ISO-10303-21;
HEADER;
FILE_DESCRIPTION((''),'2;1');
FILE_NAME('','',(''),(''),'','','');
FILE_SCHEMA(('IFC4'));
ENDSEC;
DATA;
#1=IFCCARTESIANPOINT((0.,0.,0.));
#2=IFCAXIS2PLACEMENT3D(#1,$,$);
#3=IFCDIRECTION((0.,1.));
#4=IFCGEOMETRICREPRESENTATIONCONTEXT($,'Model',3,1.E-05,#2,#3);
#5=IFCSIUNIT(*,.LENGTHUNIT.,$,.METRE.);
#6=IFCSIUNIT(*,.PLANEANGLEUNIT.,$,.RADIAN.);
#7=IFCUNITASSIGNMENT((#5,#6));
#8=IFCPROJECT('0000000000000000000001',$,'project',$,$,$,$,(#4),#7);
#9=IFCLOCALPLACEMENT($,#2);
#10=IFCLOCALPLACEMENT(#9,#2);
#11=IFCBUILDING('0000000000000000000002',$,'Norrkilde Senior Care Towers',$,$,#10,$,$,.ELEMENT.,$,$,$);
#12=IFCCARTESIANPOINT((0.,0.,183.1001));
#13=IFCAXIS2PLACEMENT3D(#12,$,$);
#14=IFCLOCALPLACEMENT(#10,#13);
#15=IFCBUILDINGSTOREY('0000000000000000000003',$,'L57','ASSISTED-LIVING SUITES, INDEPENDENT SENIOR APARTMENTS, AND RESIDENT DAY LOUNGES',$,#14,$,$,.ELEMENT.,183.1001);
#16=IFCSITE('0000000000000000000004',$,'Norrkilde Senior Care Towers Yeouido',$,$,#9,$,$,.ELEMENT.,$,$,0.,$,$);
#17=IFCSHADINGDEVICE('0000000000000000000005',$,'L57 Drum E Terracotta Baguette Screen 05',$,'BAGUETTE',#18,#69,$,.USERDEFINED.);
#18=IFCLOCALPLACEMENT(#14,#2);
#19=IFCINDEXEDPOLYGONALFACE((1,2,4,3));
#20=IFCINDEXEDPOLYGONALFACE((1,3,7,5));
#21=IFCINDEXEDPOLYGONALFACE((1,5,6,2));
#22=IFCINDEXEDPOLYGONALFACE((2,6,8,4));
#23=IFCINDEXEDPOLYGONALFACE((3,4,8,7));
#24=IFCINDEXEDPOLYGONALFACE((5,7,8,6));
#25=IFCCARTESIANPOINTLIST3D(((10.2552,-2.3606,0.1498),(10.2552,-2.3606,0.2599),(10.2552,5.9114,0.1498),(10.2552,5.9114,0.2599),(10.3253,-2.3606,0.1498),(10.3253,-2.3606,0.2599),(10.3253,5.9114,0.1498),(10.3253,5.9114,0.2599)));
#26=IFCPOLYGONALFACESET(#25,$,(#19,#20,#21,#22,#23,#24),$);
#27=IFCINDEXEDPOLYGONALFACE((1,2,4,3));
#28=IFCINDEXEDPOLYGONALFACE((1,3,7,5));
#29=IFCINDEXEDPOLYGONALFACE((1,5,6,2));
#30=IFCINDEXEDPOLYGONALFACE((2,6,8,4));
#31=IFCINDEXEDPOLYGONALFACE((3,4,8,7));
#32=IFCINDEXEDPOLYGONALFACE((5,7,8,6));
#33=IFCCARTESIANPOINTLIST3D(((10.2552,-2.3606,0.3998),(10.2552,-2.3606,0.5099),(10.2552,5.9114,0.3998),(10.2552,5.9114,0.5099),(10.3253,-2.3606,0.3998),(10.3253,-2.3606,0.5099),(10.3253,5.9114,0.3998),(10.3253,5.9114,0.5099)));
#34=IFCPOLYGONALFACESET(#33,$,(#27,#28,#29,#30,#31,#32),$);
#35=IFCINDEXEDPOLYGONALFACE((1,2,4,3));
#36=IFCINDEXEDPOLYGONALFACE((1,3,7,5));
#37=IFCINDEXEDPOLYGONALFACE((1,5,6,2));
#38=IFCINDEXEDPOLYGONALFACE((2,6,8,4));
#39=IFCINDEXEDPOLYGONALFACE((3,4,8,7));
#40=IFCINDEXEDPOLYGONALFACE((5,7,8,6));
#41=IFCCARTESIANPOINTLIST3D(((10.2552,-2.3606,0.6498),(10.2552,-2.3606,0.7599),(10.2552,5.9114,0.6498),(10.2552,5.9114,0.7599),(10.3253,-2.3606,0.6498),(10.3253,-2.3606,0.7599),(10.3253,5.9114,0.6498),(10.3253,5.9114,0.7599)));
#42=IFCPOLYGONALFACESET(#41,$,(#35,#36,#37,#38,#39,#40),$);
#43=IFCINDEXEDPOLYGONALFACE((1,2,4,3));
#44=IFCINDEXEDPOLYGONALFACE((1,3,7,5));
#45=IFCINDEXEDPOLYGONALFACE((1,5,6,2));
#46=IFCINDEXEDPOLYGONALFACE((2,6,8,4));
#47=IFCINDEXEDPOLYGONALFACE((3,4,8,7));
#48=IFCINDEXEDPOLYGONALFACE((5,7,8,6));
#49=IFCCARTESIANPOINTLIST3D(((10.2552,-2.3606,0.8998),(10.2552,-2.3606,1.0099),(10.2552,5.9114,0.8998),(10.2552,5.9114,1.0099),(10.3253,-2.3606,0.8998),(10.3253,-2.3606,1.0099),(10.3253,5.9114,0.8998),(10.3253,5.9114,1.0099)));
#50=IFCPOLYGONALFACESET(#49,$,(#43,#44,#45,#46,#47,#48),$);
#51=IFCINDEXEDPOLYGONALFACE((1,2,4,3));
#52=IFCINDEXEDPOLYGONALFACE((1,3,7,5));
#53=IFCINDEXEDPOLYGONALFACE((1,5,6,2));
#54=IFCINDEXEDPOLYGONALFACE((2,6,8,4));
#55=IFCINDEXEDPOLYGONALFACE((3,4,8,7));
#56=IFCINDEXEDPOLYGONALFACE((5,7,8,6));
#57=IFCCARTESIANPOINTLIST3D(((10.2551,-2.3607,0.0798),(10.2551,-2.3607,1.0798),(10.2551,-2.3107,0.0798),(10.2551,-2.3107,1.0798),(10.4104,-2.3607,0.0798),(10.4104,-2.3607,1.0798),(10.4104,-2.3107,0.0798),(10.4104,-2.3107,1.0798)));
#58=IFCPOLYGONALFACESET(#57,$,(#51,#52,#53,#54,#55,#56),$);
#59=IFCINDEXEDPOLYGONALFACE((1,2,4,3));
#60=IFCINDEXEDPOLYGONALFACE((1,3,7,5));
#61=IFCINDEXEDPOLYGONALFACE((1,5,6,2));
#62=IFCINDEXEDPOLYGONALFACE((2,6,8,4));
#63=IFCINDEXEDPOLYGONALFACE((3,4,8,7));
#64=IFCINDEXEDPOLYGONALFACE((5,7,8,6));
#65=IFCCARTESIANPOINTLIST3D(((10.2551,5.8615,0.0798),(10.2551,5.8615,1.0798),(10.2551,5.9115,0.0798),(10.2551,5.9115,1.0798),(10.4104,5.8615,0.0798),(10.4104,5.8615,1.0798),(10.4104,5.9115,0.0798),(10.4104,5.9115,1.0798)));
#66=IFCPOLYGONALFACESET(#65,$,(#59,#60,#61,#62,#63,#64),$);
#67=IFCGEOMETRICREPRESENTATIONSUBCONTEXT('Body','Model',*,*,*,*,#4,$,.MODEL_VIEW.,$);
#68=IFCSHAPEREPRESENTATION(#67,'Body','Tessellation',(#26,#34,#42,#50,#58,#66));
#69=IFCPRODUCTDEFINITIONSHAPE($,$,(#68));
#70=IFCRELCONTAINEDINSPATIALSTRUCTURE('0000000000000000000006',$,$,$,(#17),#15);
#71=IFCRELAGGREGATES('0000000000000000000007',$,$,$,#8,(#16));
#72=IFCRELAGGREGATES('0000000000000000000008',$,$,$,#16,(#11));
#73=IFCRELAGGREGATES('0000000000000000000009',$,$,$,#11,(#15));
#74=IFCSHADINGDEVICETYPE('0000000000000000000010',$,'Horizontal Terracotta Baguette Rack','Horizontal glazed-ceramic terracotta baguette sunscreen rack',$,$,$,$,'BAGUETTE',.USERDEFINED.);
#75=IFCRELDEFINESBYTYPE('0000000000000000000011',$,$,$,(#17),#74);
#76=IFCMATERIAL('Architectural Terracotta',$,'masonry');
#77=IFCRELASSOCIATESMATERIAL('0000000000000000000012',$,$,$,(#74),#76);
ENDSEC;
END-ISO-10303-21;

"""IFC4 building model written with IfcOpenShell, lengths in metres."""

from ifc_helpers import new_model, si_unit, direction, frame, origin, origin_2d, place, context, subcontext, project, spatial, rectangle, extrude, source, transform, mapped, material, type_object, type_shapes, element, save


model = new_model("IFC4")

# Units and contexts
model_context = context("Model", 3, precision=1e-05, world=origin(), true_north=direction((0.0, 1.0)))
body_context = subcontext(model_context, "Body", "Model", "MODEL_VIEW")
ifc_project = project(units=[si_unit("LENGTHUNIT", "METRE"), si_unit("PLANEANGLEUNIT", "RADIAN")], contexts=[model_context])

# Site, building, storey
site_placement = place(None, origin())
site = spatial("IfcSite", under=ifc_project, at=site_placement, Name="Norrkilde Senior Care Towers Yeouido", CompositionType="ELEMENT", RefElevation=0.0)
building_placement = place(site_placement, origin())
building = spatial("IfcBuilding", under=site, at=building_placement, Name="Norrkilde Senior Care Towers", CompositionType="ELEMENT")
storey_placement = place(building_placement, frame((0.0, 0.0, 183.1001)))
storey = spatial("IfcBuildingStorey", under=building, at=storey_placement, Name="L57", Description="ASSISTED-LIVING SUITES, INDEPENDENT SENIOR APARTMENTS, AND RESIDENT DAY LOUNGES", CompositionType="ELEMENT", Elevation=183.1001)

# Shading device
ifc_material_1 = material(Name="Architectural Terracotta", Category="masonry")
shading_device_type = type_object("IfcShadingDeviceType", Name="Horizontal Terracotta Baguette Rack", Description="Horizontal glazed-ceramic terracotta baguette sunscreen rack", ElementType="BAGUETTE", PredefinedType="USERDEFINED", material=ifc_material_1)
shared_shape_1 = source(origin(), body_context, "Body", "SweptSolid", [
    extrude(rectangle(XDim=0.0701, YDim=0.1101, at=origin_2d()), frame((0.0, 0.0901, 0.125), z_axis=(1.0, 0.0, 0.0), x_axis=(0.0, 1.0, 0.0)), (0.0, 0.0, 1.0), 8.272),
    extrude(rectangle(XDim=0.0701, YDim=0.1101, at=origin_2d()), frame((0.0, 0.0901, 0.375), z_axis=(1.0, 0.0, 0.0), x_axis=(0.0, 1.0, 0.0)), (0.0, 0.0, 1.0), 8.272),
    extrude(rectangle(XDim=0.0701, YDim=0.1101, at=origin_2d()), frame((0.0, 0.0901, 0.625), z_axis=(1.0, 0.0, 0.0), x_axis=(0.0, 1.0, 0.0)), (0.0, 0.0, 1.0), 8.272),
    extrude(rectangle(XDim=0.0701, YDim=0.1101, at=origin_2d()), frame((0.0, 0.0901, 0.875), z_axis=(1.0, 0.0, 0.0), x_axis=(0.0, 1.0, 0.0)), (0.0, 0.0, 1.0), 8.272),
    extrude(rectangle(XDim=0.05, YDim=0.1553, at=origin_2d()), frame((0.0249, 0.0476, 0.0)), (0.0, 0.0, 1.0), 1.0),
    extrude(rectangle(XDim=0.05, YDim=0.1553, at=origin_2d()), frame((8.2471, 0.0476, 0.0)), (0.0, 0.0, 1.0), 1.0),
])
type_shapes(shading_device_type, [shared_shape_1])
shading_device_placement = place(storey_placement, frame((10.3804, -2.3606, 0.0798), z_axis=(0.0, 0.0, 1.0), x_axis=(0.0, 1.0, 0.0)))
element("IfcShadingDevice", 1, at=shading_device_placement, inside=storey, type_object=shading_device_type, Name="L57 Drum E Terracotta Baguette Screen 05", ObjectType="BAGUETTE", PredefinedType="USERDEFINED", context=body_context, shape_type="MappedRepresentation", body=[
    mapped(shared_shape_1, transform((0.0, 0.0, 0.0), x_axis=(1.0, 0.0, 0.0), y_axis=(0.0, 1.0, 0.0), z_axis=(0.0, 0.0, 1.0), scale=1.0)),
])

save(model, "model.ifc")
